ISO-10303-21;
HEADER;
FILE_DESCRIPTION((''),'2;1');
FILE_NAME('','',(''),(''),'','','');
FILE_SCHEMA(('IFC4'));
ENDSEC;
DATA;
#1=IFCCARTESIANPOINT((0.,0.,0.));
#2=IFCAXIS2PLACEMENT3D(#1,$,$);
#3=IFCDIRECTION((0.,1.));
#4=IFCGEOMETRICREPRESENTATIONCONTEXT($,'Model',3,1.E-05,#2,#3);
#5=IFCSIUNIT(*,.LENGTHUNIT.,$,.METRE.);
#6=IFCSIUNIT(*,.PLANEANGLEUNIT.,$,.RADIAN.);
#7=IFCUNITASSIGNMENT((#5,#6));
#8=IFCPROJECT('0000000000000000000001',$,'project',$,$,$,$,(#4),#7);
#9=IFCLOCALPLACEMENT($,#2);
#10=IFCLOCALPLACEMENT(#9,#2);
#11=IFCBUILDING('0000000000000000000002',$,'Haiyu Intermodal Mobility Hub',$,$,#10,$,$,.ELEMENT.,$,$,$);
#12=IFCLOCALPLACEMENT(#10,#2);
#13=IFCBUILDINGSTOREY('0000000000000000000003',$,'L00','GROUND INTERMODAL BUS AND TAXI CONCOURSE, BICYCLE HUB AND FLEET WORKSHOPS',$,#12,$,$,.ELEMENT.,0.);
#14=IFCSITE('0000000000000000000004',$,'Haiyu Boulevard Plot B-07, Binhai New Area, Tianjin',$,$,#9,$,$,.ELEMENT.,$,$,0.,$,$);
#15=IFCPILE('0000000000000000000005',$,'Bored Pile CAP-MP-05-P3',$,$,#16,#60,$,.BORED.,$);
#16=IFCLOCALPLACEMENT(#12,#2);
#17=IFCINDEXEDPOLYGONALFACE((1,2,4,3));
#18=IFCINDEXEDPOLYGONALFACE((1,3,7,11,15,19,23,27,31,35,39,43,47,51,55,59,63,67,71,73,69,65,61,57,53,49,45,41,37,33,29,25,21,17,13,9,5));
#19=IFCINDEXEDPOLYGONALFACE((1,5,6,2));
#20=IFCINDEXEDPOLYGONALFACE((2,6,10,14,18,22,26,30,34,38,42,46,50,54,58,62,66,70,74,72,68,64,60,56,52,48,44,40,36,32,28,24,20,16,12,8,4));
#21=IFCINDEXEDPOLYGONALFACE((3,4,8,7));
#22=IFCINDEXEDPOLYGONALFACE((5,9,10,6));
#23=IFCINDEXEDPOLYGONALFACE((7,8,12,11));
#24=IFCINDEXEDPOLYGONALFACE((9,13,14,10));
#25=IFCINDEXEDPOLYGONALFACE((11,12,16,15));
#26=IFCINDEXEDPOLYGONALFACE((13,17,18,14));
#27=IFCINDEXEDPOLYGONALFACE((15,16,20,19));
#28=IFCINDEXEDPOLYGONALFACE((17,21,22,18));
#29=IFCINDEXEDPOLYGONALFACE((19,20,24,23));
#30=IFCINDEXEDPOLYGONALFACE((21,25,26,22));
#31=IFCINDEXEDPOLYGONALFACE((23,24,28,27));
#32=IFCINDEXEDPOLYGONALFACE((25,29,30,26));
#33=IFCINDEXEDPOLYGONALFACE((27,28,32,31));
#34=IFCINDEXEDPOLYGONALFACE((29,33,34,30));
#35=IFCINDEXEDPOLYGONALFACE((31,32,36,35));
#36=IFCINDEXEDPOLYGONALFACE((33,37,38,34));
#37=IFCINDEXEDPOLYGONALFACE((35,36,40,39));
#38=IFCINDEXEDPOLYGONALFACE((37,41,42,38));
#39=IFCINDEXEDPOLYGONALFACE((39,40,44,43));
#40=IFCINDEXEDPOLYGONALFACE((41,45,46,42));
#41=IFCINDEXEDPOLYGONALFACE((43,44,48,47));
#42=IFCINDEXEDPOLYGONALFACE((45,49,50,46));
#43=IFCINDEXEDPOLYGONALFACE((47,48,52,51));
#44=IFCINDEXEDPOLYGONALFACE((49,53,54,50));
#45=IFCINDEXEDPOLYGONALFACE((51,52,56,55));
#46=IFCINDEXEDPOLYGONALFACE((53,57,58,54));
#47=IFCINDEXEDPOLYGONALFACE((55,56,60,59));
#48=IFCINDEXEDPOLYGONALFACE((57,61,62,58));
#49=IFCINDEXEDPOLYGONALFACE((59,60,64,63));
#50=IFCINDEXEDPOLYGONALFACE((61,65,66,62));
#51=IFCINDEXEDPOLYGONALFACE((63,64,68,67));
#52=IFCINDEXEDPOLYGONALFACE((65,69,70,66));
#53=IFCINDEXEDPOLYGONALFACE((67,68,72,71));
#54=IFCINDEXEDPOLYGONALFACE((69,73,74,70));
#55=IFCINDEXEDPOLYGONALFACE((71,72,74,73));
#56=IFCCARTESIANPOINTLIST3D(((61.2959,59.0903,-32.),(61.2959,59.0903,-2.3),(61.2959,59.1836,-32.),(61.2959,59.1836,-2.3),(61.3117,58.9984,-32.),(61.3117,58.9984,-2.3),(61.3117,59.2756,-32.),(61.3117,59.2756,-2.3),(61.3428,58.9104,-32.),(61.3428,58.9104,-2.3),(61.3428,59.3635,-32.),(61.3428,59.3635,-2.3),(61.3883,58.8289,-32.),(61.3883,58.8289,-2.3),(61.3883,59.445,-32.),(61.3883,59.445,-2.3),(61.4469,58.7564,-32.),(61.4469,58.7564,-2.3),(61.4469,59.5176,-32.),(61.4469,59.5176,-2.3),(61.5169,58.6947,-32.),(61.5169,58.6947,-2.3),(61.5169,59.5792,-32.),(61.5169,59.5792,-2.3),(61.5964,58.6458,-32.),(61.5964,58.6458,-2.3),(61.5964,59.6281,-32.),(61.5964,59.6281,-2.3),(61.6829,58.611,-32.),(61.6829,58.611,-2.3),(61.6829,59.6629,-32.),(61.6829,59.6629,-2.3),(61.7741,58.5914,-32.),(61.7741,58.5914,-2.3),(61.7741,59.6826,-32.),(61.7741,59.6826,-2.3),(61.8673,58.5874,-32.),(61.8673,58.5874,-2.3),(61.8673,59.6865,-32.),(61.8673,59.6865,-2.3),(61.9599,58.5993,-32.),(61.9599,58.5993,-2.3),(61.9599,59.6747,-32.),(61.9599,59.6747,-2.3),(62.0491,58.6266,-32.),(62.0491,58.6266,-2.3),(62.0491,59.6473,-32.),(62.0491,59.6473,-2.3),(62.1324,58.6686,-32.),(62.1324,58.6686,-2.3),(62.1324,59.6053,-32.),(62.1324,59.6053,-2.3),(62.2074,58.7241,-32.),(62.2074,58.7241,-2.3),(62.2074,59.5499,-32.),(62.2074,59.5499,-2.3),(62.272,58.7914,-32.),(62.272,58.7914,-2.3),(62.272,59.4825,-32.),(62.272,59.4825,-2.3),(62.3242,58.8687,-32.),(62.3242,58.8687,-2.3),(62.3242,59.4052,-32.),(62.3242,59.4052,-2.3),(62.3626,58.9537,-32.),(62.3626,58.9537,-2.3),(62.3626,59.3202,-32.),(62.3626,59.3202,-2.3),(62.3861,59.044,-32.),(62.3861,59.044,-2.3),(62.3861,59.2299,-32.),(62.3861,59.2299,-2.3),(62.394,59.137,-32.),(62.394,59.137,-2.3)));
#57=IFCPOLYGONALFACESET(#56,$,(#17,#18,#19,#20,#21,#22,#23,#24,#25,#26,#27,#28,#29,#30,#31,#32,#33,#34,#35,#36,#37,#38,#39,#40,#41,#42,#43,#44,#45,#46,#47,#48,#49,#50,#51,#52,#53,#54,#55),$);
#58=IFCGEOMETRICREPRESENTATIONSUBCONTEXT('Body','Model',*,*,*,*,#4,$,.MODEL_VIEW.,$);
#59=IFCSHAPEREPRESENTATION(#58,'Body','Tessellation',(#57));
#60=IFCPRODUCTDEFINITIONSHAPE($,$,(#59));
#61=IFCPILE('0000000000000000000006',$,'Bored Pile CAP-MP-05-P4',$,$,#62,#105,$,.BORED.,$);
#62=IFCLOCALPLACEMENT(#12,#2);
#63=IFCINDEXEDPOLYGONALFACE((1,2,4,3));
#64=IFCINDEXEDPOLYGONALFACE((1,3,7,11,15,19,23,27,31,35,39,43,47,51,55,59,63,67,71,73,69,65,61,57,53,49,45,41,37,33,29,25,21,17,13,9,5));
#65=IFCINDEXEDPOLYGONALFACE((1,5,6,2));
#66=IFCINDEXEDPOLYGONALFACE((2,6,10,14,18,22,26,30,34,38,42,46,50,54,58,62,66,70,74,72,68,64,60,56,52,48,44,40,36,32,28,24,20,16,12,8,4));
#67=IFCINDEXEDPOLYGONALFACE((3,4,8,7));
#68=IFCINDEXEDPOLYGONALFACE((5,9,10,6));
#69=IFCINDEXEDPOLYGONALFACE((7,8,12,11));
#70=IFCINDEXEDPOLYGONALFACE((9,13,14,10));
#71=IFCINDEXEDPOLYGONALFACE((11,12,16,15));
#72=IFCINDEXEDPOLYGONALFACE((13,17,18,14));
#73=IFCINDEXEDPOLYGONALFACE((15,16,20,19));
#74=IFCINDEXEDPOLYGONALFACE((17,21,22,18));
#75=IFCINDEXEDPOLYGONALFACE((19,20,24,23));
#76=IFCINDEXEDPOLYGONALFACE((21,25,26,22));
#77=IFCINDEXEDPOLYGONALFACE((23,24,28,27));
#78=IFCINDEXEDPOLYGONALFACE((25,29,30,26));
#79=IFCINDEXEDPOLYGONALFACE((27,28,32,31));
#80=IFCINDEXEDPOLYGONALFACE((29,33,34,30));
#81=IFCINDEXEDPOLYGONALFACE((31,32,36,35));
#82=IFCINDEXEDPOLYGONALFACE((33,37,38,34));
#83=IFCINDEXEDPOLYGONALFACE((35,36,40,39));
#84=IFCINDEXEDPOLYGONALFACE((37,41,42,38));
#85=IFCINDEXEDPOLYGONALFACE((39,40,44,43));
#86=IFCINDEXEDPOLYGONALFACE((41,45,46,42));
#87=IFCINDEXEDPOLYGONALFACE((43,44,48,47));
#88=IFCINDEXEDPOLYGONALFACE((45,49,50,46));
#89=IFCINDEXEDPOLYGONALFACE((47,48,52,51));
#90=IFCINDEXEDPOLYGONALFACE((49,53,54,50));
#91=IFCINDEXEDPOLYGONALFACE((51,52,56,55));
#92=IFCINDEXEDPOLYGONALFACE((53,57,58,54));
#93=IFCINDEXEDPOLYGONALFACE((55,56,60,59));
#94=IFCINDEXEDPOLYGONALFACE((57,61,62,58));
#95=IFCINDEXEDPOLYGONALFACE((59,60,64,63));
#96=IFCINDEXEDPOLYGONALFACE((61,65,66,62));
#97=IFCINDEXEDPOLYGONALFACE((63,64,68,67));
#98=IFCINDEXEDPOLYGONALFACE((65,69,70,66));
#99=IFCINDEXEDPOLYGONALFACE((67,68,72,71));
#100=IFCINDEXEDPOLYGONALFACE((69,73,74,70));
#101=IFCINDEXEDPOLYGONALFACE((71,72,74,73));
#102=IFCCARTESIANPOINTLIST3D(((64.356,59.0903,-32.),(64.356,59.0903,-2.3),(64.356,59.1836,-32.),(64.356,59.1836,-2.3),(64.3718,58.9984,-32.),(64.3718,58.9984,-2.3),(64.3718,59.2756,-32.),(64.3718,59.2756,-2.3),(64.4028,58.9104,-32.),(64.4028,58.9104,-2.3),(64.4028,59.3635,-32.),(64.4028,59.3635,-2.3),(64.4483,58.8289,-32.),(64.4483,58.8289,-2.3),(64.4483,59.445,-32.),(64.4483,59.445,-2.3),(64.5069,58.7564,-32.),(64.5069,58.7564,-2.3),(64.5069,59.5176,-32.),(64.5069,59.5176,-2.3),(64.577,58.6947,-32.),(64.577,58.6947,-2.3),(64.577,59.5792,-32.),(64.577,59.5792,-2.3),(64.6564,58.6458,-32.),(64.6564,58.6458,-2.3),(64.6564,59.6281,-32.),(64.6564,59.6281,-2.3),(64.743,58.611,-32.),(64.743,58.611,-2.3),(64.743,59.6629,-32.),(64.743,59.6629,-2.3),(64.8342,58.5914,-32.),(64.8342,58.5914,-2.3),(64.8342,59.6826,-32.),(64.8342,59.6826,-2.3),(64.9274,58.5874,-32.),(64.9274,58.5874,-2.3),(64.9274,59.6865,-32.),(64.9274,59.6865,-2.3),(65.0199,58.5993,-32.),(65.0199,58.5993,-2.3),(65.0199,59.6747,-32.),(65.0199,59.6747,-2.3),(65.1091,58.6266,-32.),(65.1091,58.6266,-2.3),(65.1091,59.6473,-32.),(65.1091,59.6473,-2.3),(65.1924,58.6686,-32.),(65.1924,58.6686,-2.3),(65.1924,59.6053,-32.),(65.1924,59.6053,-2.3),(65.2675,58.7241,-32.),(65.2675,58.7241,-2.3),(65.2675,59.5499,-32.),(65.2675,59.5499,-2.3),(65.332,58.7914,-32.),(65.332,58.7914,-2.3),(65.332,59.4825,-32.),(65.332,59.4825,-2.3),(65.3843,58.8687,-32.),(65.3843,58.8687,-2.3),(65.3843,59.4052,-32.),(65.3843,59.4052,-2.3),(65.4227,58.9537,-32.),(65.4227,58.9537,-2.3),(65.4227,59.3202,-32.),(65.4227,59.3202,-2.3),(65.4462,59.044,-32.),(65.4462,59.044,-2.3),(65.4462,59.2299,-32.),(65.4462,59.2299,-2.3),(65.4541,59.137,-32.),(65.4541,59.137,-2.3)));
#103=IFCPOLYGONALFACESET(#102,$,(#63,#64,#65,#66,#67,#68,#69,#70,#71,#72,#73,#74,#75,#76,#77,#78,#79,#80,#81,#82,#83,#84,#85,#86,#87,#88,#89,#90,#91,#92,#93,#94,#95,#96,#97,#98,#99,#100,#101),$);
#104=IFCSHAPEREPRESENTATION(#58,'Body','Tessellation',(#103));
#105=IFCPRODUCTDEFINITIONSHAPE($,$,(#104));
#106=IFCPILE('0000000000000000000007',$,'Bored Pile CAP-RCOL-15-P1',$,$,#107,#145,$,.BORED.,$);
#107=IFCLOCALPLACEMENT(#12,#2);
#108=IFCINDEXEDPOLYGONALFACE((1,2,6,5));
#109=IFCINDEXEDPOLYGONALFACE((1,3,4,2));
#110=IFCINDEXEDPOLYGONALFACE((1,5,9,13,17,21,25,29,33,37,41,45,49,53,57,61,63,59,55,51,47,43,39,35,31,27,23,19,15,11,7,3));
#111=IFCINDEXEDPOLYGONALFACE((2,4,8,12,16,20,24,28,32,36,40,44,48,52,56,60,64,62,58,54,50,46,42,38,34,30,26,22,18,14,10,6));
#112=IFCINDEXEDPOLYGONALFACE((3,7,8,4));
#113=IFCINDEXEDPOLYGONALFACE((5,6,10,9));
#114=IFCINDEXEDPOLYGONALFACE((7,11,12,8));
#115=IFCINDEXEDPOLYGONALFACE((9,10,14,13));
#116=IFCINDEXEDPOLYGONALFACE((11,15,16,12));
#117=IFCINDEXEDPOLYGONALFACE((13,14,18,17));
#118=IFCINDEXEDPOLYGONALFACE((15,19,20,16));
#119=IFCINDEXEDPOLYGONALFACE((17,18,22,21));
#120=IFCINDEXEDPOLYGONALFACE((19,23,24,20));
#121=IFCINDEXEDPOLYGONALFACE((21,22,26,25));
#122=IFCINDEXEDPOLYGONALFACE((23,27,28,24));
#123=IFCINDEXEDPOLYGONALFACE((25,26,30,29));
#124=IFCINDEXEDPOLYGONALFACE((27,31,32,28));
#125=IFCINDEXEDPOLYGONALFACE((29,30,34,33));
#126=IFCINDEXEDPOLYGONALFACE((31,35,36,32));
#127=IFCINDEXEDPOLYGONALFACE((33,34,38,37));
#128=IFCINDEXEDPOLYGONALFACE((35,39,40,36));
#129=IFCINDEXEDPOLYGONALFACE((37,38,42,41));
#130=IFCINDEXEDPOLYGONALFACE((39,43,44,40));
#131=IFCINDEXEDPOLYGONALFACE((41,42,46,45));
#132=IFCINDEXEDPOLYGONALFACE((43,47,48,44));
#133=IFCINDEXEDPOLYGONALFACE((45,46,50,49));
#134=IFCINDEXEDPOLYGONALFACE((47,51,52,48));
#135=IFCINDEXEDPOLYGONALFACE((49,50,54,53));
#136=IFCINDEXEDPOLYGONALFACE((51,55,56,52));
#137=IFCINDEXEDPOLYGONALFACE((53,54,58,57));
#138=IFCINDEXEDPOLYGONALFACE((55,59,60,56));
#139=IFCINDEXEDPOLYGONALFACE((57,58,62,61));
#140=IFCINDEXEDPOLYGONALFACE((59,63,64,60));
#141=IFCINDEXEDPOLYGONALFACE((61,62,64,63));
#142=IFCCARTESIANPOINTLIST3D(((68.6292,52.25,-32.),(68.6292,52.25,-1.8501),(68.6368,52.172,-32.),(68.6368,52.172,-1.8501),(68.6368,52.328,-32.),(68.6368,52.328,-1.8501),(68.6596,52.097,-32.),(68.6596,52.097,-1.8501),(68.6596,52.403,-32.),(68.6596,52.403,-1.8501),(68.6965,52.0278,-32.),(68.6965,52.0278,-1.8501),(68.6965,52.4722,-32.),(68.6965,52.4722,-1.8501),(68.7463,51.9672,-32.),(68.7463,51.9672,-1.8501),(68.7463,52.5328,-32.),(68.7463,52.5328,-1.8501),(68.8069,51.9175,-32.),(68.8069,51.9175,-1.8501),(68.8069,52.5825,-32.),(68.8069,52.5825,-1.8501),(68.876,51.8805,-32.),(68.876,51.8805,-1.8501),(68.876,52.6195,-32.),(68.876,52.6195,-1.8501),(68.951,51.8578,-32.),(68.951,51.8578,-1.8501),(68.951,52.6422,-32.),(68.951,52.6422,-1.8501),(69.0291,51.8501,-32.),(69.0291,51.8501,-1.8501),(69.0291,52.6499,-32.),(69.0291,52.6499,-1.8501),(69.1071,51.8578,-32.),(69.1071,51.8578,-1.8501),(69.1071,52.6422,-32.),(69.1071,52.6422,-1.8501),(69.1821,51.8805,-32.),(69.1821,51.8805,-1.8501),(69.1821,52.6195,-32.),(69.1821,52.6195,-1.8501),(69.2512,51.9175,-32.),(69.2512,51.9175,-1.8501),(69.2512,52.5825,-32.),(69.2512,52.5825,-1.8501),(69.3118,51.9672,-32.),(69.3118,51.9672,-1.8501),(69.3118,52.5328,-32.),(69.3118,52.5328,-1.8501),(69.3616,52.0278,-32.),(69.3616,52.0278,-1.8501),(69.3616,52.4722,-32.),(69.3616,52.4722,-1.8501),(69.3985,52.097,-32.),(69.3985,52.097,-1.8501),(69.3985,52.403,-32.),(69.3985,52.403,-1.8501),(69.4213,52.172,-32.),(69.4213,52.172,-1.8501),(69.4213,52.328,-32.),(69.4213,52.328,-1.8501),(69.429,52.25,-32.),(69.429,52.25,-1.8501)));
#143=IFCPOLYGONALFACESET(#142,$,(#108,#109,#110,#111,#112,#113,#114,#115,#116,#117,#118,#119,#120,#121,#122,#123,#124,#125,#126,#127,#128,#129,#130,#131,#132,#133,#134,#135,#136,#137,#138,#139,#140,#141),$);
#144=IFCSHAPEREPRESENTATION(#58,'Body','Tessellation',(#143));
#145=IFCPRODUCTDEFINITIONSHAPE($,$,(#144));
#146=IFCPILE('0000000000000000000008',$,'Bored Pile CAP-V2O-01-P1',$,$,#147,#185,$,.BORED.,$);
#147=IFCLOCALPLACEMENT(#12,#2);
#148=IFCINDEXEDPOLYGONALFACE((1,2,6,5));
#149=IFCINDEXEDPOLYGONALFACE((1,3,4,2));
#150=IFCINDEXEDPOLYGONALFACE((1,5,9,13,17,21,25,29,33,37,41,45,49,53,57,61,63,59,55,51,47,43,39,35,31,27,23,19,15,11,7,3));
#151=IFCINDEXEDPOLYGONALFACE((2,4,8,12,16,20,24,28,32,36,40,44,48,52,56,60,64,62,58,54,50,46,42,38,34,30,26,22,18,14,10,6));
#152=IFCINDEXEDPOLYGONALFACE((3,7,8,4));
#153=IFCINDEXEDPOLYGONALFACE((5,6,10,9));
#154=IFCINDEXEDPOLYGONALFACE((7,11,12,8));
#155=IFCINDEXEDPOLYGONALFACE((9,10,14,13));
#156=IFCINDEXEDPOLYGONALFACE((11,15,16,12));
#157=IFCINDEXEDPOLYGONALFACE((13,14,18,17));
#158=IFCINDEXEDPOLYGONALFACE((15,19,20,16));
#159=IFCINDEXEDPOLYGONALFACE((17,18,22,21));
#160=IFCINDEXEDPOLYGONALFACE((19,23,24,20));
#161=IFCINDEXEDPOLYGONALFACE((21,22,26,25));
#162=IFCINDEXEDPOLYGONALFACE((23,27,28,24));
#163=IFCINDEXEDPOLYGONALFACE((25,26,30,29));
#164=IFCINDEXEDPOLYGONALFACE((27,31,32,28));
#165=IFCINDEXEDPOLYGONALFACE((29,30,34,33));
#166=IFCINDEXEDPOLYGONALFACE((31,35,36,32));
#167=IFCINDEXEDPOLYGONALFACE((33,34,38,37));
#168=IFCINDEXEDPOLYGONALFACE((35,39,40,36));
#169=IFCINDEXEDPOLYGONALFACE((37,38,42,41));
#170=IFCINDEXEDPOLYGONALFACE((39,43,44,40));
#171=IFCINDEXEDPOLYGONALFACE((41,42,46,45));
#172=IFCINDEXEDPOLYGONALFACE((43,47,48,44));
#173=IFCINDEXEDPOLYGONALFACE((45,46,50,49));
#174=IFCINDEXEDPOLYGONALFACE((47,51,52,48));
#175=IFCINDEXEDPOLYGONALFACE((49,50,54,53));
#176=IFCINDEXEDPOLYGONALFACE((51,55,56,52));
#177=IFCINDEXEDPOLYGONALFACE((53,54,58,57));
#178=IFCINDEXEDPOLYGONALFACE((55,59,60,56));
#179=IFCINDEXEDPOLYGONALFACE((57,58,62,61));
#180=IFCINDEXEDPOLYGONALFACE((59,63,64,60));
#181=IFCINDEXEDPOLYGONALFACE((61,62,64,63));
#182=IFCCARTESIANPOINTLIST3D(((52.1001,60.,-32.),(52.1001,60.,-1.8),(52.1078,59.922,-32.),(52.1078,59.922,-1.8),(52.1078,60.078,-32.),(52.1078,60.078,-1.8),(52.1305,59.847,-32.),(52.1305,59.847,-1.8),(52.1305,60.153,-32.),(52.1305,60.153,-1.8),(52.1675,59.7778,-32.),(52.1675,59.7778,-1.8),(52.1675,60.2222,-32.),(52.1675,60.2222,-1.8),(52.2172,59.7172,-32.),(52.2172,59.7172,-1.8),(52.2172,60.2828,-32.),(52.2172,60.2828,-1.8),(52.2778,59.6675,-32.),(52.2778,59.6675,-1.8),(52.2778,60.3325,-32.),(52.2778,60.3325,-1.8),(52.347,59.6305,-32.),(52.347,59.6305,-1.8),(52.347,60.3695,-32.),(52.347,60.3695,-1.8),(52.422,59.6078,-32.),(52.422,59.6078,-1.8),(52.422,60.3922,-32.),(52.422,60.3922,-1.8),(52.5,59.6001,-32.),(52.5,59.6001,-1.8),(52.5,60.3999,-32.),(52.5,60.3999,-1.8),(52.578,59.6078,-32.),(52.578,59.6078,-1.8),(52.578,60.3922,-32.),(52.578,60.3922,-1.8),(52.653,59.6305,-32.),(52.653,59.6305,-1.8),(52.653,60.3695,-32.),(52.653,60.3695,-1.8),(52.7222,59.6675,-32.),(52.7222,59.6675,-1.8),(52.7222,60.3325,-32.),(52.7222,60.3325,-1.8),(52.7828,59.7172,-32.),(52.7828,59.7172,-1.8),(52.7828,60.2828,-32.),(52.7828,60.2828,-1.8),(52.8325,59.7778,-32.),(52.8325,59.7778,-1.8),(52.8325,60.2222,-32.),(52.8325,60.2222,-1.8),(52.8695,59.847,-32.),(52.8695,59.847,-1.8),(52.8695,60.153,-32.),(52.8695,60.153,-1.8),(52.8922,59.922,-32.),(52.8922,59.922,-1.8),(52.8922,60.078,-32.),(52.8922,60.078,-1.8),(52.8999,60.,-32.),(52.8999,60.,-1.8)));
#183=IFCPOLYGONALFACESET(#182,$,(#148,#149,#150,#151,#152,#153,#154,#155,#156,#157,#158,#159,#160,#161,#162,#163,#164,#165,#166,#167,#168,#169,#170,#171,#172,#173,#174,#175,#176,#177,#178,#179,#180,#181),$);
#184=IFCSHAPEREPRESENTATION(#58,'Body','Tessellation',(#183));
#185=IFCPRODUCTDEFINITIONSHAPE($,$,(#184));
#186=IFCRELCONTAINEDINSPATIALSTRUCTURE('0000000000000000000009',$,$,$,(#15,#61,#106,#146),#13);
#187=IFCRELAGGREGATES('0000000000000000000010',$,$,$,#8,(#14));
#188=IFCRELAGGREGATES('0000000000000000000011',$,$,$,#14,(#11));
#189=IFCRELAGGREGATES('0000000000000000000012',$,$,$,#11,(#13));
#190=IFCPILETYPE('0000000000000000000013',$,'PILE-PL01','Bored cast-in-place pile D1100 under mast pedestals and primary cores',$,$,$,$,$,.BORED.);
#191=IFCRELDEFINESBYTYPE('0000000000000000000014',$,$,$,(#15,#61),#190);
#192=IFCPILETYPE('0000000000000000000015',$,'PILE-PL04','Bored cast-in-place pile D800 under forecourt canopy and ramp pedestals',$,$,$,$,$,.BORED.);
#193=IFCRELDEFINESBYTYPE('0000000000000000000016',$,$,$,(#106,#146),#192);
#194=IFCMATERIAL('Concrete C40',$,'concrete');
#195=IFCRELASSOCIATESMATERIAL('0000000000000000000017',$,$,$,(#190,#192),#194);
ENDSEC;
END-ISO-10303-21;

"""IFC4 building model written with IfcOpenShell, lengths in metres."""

from ifc_helpers import new_model, si_unit, direction, frame, origin, origin_2d, place, context, subcontext, project, spatial, circle, extrude, material, material_profile, profile_set, type_object, element, save


model = new_model("IFC4")

# Units and contexts
model_context = context("Model", 3, precision=1e-05, world=origin(), true_north=direction((0.0, 1.0)))
body_context = subcontext(model_context, "Body", "Model", "MODEL_VIEW")
ifc_project = project(units=[si_unit("LENGTHUNIT", "METRE"), si_unit("PLANEANGLEUNIT", "RADIAN")], contexts=[model_context])

# Site, building, storey
site_placement = place(None, origin())
site = spatial("IfcSite", under=ifc_project, at=site_placement, Name="Haiyu Boulevard Plot B-07, Binhai New Area, Tianjin", CompositionType="ELEMENT", RefElevation=0.0)
building_placement = place(site_placement, origin())
building = spatial("IfcBuilding", under=site, at=building_placement, Name="Haiyu Intermodal Mobility Hub", CompositionType="ELEMENT")
storey_placement = place(building_placement, origin())
storey = spatial("IfcBuildingStorey", under=building, at=storey_placement, Name="L00", Description="GROUND INTERMODAL BUS AND TAXI CONCOURSE, BICYCLE HUB AND FLEET WORKSHOPS", CompositionType="ELEMENT", Elevation=0.0)

# Shared definitions
ifc_material_1 = material(Name="Concrete C40", Category="concrete")

# Piles
ifc_material_profile_1 = material_profile(ifc_material_1, circle(Radius=0.55, at=origin_2d()), Name="PILE-D1100")
ifc_profile_set_1 = profile_set([ifc_material_profile_1], Name="Concrete C40")
pile_type_1 = type_object("IfcPileType", Name="PILE-PL01", Description="Bored cast-in-place pile D1100 under mast pedestals and primary cores", PredefinedType="BORED", material=ifc_profile_set_1)
for number, where, z_axis, x_axis, name in (
    (1, (61.844, 59.137, -2.3), (0.0, 0.0, -1.0), (1.0, 0.0, 0.0), "Bored Pile CAP-MP-05-P3"),
    (2, (64.9041, 59.137, -2.3), (0.0, 0.0, -1.0), (1.0, 0.0, 0.0), "Bored Pile CAP-MP-05-P4"),
):
    element("IfcPile", number, at=place(storey_placement, frame(where, z_axis=z_axis, x_axis=x_axis)), inside=storey, type_object=pile_type_1, Name=name, PredefinedType="BORED", context=body_context, shape_type="SweptSolid", body=[
        extrude(circle(Radius=0.55, at=origin_2d()), origin(), (0.0, 0.0, 1.0), 29.7),
    ])
ifc_material_profile_2 = material_profile(ifc_material_1, circle(Radius=0.3999, at=origin_2d()), Name="PILE-D800")
ifc_profile_set_2 = profile_set([ifc_material_profile_2], Name="Concrete C40")
pile_type_2 = type_object("IfcPileType", Name="PILE-PL04", Description="Bored cast-in-place pile D800 under forecourt canopy and ramp pedestals", PredefinedType="BORED", material=ifc_profile_set_2)
pile_placement = place(storey_placement, frame((69.0291, 52.25, -1.8501), z_axis=(0.0, 0.0, -1.0), x_axis=(1.0, 0.0, 0.0)))
element("IfcPile", 3, at=pile_placement, inside=storey, type_object=pile_type_2, Name="Bored Pile CAP-RCOL-15-P1", PredefinedType="BORED", context=body_context, shape_type="SweptSolid", body=[
    extrude(circle(Radius=0.3999, at=origin_2d()), origin(), (0.0, 0.0, 1.0), 30.1499),
])
for number, where, z_axis, x_axis, name in (
    (4, (52.5, 60.0, -1.8), (0.0, 0.0, -1.0), (1.0, 0.0, 0.0), "Bored Pile CAP-V2O-01-P1"),
):
    element("IfcPile", number, at=place(storey_placement, frame(where, z_axis=z_axis, x_axis=x_axis)), inside=storey, type_object=pile_type_2, Name=name, PredefinedType="BORED", context=body_context, shape_type="SweptSolid", body=[
        extrude(circle(Radius=0.3999, at=origin_2d()), origin(), (0.0, 0.0, 1.0), 30.2),
    ])

save(model, "model.ifc")
